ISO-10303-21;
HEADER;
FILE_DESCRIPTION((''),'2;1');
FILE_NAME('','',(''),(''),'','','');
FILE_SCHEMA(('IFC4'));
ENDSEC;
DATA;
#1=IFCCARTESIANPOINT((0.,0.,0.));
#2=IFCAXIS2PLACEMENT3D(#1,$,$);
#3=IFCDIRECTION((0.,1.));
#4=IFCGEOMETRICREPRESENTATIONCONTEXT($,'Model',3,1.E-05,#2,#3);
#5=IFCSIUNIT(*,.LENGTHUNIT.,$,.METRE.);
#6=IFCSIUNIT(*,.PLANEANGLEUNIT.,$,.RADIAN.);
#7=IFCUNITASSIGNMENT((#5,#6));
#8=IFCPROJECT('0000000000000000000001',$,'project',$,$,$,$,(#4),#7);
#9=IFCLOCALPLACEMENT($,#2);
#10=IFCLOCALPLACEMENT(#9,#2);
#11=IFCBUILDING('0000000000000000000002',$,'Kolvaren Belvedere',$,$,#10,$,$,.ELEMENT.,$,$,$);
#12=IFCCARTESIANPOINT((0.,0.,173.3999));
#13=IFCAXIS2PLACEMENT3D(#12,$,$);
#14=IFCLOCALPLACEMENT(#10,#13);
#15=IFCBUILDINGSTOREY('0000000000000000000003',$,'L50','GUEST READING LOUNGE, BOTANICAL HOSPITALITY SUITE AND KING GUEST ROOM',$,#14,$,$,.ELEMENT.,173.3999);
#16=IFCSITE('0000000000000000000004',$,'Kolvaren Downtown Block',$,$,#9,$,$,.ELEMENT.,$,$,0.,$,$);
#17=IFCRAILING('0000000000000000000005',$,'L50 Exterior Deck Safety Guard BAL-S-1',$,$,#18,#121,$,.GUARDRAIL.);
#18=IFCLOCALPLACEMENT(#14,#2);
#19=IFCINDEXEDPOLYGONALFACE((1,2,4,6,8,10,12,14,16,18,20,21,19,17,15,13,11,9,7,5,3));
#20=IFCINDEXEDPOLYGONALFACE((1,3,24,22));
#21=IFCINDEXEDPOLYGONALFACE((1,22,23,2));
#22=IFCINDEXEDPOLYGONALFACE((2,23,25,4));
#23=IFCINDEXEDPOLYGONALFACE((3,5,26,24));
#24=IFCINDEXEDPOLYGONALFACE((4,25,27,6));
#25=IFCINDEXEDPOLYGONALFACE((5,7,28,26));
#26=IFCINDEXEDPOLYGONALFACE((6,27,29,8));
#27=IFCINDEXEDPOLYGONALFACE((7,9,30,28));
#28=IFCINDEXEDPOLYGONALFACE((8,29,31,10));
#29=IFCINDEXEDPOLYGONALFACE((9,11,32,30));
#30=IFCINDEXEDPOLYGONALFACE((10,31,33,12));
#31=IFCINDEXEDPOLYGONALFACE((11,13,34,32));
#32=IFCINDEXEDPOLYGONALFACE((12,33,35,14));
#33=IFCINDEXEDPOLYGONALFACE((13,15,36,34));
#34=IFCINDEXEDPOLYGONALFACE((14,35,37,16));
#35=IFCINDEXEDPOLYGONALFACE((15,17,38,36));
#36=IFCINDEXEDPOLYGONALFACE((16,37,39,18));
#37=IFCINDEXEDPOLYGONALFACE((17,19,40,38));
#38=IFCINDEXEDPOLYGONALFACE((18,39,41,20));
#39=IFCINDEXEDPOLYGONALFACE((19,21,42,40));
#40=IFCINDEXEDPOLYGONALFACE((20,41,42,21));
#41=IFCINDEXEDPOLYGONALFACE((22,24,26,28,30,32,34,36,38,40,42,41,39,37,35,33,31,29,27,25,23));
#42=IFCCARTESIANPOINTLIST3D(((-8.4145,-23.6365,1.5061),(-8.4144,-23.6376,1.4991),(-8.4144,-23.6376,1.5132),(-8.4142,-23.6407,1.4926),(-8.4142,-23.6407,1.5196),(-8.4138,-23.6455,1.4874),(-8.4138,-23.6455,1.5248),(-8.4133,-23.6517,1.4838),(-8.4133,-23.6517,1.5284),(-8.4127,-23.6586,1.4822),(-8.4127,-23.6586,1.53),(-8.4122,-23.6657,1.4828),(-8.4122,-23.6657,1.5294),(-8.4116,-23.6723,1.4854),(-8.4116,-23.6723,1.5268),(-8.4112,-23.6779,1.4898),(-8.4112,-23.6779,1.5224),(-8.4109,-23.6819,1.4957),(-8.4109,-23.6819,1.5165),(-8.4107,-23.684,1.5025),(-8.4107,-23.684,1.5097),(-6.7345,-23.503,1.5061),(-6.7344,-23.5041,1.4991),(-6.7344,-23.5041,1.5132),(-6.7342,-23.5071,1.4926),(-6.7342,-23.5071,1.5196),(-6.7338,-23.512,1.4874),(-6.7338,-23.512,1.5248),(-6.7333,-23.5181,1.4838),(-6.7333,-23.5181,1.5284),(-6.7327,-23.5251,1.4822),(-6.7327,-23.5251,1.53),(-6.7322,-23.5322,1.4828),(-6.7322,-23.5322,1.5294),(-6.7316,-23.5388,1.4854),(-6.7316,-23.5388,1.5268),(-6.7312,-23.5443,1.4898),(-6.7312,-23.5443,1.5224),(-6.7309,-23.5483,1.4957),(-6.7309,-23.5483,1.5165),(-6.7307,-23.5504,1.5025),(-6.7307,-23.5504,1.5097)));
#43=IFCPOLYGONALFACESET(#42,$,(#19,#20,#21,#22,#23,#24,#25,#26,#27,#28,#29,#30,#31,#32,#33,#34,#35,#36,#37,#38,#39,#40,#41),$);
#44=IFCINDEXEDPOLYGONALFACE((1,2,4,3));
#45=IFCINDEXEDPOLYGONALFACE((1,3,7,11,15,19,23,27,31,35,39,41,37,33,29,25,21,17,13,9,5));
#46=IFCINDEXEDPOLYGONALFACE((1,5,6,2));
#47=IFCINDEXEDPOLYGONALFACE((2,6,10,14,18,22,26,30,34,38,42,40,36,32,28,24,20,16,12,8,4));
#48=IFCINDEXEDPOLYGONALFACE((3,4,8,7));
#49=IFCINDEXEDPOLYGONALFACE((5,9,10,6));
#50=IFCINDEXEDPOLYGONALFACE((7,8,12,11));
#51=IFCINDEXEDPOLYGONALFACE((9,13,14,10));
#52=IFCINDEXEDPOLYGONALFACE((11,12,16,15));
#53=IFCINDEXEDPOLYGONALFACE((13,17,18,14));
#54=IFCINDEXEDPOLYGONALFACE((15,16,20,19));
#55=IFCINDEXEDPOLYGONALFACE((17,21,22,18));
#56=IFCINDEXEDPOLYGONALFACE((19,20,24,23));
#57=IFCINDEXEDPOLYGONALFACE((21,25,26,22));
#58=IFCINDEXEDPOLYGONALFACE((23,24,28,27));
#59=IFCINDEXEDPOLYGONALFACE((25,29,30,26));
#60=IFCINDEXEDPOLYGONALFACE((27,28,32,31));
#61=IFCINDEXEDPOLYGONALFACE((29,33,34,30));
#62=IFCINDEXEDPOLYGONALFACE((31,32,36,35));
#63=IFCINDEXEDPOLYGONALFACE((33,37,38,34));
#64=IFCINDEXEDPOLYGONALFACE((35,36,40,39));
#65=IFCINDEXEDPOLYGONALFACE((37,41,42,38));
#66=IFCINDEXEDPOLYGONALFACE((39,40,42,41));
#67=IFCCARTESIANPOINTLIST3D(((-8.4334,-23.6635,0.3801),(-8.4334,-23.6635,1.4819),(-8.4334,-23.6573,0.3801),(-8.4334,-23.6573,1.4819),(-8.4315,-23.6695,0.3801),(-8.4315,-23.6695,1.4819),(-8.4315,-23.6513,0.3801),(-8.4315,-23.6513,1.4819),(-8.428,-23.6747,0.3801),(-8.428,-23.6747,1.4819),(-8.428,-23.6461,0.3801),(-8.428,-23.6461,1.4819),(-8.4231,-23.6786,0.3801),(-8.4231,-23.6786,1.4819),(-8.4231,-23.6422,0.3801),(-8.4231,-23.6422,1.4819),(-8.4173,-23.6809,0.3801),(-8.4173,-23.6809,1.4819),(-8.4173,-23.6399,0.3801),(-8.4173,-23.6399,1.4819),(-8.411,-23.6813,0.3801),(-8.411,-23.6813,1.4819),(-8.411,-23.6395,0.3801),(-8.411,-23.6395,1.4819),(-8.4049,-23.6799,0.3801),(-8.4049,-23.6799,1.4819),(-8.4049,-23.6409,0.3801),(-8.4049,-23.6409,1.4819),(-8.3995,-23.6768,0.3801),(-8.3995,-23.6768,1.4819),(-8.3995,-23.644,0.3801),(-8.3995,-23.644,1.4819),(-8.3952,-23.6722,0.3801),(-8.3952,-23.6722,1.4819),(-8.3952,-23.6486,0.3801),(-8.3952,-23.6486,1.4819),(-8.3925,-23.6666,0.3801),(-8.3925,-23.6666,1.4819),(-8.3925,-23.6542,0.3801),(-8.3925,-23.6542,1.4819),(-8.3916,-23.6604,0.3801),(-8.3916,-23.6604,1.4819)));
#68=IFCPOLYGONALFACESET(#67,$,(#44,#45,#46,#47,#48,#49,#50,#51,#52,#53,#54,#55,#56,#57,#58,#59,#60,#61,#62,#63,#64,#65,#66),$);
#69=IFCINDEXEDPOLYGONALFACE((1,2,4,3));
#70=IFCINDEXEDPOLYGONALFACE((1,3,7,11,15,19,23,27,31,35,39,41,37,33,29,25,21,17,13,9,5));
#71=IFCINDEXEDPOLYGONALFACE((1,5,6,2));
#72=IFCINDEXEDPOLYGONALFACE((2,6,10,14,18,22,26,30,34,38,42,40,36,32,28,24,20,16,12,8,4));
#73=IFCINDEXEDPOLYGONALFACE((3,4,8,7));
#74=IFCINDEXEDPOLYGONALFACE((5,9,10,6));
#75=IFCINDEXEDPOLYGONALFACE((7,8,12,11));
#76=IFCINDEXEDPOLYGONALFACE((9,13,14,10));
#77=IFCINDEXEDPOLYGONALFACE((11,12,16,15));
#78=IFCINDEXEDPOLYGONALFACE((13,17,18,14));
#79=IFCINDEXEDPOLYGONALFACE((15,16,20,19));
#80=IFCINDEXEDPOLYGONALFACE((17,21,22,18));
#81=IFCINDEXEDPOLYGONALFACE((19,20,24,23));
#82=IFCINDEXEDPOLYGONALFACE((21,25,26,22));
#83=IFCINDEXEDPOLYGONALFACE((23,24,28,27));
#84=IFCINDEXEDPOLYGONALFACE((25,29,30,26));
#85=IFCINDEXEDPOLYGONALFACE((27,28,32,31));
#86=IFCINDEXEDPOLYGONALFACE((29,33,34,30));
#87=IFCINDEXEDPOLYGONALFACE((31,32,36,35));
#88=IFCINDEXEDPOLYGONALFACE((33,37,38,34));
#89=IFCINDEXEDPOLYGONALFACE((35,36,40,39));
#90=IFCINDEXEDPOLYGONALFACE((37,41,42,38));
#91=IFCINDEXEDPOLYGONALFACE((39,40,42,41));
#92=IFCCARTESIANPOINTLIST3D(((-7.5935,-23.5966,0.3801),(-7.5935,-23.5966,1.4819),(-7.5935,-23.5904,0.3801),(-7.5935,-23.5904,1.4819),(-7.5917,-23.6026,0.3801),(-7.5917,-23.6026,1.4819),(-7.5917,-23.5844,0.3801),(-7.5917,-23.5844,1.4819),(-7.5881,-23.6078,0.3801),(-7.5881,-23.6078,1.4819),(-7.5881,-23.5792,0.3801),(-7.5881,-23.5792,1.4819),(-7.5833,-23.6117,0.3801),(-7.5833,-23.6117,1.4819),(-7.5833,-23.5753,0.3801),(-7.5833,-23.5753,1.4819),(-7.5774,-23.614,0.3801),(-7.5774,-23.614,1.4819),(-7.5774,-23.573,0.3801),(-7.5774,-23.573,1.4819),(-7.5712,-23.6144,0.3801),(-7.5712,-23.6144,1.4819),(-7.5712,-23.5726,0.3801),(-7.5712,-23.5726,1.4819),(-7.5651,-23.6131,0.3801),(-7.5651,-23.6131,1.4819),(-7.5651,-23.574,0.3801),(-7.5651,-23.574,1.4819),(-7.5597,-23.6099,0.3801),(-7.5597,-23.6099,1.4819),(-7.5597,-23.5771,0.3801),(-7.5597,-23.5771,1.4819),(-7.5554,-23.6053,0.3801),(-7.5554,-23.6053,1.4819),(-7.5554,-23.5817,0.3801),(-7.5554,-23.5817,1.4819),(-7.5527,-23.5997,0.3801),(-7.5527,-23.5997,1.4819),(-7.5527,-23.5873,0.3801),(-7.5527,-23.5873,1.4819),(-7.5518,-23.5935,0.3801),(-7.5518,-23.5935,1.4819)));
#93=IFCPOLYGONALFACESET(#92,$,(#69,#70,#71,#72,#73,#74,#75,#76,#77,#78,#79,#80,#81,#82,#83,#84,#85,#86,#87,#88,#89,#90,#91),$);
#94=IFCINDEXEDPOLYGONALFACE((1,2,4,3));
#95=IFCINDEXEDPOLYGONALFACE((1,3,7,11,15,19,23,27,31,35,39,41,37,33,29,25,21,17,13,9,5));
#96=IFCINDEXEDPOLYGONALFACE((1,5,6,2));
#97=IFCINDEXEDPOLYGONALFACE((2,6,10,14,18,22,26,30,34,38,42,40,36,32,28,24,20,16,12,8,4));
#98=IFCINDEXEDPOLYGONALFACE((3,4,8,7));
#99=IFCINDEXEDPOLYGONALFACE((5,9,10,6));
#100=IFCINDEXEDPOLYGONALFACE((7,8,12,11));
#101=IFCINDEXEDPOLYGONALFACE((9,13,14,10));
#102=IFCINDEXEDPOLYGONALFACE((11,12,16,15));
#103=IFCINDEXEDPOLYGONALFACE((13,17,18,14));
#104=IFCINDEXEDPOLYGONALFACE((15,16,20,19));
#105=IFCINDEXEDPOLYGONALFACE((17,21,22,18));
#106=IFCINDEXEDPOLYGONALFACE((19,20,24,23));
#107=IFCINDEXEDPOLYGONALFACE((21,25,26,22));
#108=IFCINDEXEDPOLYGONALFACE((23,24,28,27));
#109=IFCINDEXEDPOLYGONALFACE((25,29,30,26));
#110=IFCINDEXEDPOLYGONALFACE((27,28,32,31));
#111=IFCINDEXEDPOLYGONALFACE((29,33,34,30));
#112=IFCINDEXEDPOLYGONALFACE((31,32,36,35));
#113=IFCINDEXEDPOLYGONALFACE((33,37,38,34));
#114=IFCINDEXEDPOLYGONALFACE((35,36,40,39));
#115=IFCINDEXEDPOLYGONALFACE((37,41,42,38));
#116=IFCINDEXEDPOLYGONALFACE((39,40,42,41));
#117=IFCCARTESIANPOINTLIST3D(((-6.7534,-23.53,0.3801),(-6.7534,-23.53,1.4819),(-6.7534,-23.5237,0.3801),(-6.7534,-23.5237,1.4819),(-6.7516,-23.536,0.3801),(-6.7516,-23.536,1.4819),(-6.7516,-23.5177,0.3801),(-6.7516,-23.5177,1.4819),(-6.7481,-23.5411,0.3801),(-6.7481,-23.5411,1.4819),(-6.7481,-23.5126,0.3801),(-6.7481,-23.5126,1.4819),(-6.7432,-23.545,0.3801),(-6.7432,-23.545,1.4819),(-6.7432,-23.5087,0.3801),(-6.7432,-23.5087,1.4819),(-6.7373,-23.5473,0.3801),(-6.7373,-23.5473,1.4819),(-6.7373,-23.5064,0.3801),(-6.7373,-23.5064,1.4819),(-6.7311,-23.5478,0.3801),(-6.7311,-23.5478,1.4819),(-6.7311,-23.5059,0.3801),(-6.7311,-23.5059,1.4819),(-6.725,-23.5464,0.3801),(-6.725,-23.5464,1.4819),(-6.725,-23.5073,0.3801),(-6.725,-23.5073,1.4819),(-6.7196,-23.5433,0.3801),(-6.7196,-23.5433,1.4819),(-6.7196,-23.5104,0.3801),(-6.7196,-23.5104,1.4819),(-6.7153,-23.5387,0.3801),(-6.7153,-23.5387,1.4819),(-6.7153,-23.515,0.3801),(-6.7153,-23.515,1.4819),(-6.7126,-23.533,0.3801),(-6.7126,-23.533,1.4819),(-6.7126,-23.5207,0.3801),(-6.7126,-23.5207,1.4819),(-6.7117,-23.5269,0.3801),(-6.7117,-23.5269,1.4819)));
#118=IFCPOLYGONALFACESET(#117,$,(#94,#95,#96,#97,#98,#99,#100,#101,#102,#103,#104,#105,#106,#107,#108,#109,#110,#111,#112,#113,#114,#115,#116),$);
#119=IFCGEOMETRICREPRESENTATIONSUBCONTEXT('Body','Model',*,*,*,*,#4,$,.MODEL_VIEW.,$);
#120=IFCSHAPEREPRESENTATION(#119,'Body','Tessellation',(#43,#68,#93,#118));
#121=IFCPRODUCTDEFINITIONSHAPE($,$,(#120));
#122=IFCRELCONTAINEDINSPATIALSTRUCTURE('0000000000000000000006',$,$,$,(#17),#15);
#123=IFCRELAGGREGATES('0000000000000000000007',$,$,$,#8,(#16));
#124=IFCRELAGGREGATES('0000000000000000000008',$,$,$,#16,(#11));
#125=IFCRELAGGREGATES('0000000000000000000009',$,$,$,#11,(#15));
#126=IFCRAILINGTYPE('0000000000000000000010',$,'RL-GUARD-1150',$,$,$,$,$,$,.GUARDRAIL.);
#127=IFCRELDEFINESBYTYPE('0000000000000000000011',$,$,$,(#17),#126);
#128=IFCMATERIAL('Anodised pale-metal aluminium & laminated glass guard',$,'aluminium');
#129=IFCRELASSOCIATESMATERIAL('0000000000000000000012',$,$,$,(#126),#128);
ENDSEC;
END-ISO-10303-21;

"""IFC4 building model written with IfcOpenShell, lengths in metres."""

from ifc_helpers import new_model, si_unit, direction, frame, origin, origin_2d, place, context, subcontext, project, spatial, circle, extrude, material, type_object, element, save


model = new_model("IFC4")

# Units and contexts
model_context = context("Model", 3, precision=1e-05, world=origin(), true_north=direction((0.0, 1.0)))
body_context = subcontext(model_context, "Body", "Model", "MODEL_VIEW")
ifc_project = project(units=[si_unit("LENGTHUNIT", "METRE"), si_unit("PLANEANGLEUNIT", "RADIAN")], contexts=[model_context])

# Site, building, storey
site_placement = place(None, origin())
site = spatial("IfcSite", under=ifc_project, at=site_placement, Name="Kolvaren Downtown Block", CompositionType="ELEMENT", RefElevation=0.0)
building_placement = place(site_placement, origin())
building = spatial("IfcBuilding", under=site, at=building_placement, Name="Kolvaren Belvedere", CompositionType="ELEMENT")
storey_placement = place(building_placement, frame((0.0, 0.0, 173.3999)))
storey = spatial("IfcBuildingStorey", under=building, at=storey_placement, Name="L50", Description="GUEST READING LOUNGE, BOTANICAL HOSPITALITY SUITE AND KING GUEST ROOM", CompositionType="ELEMENT", Elevation=173.3999)

# Railing
ifc_material_1 = material(Name="Anodised pale-metal aluminium & laminated glass guard", Category="aluminium")
railing_type = type_object("IfcRailingType", Name="RL-GUARD-1150", PredefinedType="GUARDRAIL", material=ifc_material_1)
railing_placement = place(storey_placement, frame((-8.4126, -23.6604, 0.3801)))
element("IfcRailing", 1, at=railing_placement, inside=storey, type_object=railing_type, Name="L50 Exterior Deck Safety Guard BAL-S-1", PredefinedType="GUARDRAIL", context=body_context, shape_type="SweptSolid", body=[
    extrude(circle(Radius=0.0239, at=origin_2d()), frame((0.0, 0.0, 1.126), z_axis=(0.996855, 0.079244, 0.0), x_axis=(-0.079244, 0.996855, 0.0)), (0.0, 0.0, 1.0), 1.6853),
    extrude(circle(Radius=0.021, at=origin_2d()), origin(), (0.0, 0.0, 1.0), 1.1018),
    extrude(circle(Radius=0.021, at=origin_2d()), frame((0.8398, 0.0669, 0.0)), (0.0, 0.0, 1.0), 1.1018),
    extrude(circle(Radius=0.021, at=origin_2d()), frame((1.6799, 0.1335, 0.0)), (0.0, 0.0, 1.0), 1.1018),
])

save(model, "model.ifc")
